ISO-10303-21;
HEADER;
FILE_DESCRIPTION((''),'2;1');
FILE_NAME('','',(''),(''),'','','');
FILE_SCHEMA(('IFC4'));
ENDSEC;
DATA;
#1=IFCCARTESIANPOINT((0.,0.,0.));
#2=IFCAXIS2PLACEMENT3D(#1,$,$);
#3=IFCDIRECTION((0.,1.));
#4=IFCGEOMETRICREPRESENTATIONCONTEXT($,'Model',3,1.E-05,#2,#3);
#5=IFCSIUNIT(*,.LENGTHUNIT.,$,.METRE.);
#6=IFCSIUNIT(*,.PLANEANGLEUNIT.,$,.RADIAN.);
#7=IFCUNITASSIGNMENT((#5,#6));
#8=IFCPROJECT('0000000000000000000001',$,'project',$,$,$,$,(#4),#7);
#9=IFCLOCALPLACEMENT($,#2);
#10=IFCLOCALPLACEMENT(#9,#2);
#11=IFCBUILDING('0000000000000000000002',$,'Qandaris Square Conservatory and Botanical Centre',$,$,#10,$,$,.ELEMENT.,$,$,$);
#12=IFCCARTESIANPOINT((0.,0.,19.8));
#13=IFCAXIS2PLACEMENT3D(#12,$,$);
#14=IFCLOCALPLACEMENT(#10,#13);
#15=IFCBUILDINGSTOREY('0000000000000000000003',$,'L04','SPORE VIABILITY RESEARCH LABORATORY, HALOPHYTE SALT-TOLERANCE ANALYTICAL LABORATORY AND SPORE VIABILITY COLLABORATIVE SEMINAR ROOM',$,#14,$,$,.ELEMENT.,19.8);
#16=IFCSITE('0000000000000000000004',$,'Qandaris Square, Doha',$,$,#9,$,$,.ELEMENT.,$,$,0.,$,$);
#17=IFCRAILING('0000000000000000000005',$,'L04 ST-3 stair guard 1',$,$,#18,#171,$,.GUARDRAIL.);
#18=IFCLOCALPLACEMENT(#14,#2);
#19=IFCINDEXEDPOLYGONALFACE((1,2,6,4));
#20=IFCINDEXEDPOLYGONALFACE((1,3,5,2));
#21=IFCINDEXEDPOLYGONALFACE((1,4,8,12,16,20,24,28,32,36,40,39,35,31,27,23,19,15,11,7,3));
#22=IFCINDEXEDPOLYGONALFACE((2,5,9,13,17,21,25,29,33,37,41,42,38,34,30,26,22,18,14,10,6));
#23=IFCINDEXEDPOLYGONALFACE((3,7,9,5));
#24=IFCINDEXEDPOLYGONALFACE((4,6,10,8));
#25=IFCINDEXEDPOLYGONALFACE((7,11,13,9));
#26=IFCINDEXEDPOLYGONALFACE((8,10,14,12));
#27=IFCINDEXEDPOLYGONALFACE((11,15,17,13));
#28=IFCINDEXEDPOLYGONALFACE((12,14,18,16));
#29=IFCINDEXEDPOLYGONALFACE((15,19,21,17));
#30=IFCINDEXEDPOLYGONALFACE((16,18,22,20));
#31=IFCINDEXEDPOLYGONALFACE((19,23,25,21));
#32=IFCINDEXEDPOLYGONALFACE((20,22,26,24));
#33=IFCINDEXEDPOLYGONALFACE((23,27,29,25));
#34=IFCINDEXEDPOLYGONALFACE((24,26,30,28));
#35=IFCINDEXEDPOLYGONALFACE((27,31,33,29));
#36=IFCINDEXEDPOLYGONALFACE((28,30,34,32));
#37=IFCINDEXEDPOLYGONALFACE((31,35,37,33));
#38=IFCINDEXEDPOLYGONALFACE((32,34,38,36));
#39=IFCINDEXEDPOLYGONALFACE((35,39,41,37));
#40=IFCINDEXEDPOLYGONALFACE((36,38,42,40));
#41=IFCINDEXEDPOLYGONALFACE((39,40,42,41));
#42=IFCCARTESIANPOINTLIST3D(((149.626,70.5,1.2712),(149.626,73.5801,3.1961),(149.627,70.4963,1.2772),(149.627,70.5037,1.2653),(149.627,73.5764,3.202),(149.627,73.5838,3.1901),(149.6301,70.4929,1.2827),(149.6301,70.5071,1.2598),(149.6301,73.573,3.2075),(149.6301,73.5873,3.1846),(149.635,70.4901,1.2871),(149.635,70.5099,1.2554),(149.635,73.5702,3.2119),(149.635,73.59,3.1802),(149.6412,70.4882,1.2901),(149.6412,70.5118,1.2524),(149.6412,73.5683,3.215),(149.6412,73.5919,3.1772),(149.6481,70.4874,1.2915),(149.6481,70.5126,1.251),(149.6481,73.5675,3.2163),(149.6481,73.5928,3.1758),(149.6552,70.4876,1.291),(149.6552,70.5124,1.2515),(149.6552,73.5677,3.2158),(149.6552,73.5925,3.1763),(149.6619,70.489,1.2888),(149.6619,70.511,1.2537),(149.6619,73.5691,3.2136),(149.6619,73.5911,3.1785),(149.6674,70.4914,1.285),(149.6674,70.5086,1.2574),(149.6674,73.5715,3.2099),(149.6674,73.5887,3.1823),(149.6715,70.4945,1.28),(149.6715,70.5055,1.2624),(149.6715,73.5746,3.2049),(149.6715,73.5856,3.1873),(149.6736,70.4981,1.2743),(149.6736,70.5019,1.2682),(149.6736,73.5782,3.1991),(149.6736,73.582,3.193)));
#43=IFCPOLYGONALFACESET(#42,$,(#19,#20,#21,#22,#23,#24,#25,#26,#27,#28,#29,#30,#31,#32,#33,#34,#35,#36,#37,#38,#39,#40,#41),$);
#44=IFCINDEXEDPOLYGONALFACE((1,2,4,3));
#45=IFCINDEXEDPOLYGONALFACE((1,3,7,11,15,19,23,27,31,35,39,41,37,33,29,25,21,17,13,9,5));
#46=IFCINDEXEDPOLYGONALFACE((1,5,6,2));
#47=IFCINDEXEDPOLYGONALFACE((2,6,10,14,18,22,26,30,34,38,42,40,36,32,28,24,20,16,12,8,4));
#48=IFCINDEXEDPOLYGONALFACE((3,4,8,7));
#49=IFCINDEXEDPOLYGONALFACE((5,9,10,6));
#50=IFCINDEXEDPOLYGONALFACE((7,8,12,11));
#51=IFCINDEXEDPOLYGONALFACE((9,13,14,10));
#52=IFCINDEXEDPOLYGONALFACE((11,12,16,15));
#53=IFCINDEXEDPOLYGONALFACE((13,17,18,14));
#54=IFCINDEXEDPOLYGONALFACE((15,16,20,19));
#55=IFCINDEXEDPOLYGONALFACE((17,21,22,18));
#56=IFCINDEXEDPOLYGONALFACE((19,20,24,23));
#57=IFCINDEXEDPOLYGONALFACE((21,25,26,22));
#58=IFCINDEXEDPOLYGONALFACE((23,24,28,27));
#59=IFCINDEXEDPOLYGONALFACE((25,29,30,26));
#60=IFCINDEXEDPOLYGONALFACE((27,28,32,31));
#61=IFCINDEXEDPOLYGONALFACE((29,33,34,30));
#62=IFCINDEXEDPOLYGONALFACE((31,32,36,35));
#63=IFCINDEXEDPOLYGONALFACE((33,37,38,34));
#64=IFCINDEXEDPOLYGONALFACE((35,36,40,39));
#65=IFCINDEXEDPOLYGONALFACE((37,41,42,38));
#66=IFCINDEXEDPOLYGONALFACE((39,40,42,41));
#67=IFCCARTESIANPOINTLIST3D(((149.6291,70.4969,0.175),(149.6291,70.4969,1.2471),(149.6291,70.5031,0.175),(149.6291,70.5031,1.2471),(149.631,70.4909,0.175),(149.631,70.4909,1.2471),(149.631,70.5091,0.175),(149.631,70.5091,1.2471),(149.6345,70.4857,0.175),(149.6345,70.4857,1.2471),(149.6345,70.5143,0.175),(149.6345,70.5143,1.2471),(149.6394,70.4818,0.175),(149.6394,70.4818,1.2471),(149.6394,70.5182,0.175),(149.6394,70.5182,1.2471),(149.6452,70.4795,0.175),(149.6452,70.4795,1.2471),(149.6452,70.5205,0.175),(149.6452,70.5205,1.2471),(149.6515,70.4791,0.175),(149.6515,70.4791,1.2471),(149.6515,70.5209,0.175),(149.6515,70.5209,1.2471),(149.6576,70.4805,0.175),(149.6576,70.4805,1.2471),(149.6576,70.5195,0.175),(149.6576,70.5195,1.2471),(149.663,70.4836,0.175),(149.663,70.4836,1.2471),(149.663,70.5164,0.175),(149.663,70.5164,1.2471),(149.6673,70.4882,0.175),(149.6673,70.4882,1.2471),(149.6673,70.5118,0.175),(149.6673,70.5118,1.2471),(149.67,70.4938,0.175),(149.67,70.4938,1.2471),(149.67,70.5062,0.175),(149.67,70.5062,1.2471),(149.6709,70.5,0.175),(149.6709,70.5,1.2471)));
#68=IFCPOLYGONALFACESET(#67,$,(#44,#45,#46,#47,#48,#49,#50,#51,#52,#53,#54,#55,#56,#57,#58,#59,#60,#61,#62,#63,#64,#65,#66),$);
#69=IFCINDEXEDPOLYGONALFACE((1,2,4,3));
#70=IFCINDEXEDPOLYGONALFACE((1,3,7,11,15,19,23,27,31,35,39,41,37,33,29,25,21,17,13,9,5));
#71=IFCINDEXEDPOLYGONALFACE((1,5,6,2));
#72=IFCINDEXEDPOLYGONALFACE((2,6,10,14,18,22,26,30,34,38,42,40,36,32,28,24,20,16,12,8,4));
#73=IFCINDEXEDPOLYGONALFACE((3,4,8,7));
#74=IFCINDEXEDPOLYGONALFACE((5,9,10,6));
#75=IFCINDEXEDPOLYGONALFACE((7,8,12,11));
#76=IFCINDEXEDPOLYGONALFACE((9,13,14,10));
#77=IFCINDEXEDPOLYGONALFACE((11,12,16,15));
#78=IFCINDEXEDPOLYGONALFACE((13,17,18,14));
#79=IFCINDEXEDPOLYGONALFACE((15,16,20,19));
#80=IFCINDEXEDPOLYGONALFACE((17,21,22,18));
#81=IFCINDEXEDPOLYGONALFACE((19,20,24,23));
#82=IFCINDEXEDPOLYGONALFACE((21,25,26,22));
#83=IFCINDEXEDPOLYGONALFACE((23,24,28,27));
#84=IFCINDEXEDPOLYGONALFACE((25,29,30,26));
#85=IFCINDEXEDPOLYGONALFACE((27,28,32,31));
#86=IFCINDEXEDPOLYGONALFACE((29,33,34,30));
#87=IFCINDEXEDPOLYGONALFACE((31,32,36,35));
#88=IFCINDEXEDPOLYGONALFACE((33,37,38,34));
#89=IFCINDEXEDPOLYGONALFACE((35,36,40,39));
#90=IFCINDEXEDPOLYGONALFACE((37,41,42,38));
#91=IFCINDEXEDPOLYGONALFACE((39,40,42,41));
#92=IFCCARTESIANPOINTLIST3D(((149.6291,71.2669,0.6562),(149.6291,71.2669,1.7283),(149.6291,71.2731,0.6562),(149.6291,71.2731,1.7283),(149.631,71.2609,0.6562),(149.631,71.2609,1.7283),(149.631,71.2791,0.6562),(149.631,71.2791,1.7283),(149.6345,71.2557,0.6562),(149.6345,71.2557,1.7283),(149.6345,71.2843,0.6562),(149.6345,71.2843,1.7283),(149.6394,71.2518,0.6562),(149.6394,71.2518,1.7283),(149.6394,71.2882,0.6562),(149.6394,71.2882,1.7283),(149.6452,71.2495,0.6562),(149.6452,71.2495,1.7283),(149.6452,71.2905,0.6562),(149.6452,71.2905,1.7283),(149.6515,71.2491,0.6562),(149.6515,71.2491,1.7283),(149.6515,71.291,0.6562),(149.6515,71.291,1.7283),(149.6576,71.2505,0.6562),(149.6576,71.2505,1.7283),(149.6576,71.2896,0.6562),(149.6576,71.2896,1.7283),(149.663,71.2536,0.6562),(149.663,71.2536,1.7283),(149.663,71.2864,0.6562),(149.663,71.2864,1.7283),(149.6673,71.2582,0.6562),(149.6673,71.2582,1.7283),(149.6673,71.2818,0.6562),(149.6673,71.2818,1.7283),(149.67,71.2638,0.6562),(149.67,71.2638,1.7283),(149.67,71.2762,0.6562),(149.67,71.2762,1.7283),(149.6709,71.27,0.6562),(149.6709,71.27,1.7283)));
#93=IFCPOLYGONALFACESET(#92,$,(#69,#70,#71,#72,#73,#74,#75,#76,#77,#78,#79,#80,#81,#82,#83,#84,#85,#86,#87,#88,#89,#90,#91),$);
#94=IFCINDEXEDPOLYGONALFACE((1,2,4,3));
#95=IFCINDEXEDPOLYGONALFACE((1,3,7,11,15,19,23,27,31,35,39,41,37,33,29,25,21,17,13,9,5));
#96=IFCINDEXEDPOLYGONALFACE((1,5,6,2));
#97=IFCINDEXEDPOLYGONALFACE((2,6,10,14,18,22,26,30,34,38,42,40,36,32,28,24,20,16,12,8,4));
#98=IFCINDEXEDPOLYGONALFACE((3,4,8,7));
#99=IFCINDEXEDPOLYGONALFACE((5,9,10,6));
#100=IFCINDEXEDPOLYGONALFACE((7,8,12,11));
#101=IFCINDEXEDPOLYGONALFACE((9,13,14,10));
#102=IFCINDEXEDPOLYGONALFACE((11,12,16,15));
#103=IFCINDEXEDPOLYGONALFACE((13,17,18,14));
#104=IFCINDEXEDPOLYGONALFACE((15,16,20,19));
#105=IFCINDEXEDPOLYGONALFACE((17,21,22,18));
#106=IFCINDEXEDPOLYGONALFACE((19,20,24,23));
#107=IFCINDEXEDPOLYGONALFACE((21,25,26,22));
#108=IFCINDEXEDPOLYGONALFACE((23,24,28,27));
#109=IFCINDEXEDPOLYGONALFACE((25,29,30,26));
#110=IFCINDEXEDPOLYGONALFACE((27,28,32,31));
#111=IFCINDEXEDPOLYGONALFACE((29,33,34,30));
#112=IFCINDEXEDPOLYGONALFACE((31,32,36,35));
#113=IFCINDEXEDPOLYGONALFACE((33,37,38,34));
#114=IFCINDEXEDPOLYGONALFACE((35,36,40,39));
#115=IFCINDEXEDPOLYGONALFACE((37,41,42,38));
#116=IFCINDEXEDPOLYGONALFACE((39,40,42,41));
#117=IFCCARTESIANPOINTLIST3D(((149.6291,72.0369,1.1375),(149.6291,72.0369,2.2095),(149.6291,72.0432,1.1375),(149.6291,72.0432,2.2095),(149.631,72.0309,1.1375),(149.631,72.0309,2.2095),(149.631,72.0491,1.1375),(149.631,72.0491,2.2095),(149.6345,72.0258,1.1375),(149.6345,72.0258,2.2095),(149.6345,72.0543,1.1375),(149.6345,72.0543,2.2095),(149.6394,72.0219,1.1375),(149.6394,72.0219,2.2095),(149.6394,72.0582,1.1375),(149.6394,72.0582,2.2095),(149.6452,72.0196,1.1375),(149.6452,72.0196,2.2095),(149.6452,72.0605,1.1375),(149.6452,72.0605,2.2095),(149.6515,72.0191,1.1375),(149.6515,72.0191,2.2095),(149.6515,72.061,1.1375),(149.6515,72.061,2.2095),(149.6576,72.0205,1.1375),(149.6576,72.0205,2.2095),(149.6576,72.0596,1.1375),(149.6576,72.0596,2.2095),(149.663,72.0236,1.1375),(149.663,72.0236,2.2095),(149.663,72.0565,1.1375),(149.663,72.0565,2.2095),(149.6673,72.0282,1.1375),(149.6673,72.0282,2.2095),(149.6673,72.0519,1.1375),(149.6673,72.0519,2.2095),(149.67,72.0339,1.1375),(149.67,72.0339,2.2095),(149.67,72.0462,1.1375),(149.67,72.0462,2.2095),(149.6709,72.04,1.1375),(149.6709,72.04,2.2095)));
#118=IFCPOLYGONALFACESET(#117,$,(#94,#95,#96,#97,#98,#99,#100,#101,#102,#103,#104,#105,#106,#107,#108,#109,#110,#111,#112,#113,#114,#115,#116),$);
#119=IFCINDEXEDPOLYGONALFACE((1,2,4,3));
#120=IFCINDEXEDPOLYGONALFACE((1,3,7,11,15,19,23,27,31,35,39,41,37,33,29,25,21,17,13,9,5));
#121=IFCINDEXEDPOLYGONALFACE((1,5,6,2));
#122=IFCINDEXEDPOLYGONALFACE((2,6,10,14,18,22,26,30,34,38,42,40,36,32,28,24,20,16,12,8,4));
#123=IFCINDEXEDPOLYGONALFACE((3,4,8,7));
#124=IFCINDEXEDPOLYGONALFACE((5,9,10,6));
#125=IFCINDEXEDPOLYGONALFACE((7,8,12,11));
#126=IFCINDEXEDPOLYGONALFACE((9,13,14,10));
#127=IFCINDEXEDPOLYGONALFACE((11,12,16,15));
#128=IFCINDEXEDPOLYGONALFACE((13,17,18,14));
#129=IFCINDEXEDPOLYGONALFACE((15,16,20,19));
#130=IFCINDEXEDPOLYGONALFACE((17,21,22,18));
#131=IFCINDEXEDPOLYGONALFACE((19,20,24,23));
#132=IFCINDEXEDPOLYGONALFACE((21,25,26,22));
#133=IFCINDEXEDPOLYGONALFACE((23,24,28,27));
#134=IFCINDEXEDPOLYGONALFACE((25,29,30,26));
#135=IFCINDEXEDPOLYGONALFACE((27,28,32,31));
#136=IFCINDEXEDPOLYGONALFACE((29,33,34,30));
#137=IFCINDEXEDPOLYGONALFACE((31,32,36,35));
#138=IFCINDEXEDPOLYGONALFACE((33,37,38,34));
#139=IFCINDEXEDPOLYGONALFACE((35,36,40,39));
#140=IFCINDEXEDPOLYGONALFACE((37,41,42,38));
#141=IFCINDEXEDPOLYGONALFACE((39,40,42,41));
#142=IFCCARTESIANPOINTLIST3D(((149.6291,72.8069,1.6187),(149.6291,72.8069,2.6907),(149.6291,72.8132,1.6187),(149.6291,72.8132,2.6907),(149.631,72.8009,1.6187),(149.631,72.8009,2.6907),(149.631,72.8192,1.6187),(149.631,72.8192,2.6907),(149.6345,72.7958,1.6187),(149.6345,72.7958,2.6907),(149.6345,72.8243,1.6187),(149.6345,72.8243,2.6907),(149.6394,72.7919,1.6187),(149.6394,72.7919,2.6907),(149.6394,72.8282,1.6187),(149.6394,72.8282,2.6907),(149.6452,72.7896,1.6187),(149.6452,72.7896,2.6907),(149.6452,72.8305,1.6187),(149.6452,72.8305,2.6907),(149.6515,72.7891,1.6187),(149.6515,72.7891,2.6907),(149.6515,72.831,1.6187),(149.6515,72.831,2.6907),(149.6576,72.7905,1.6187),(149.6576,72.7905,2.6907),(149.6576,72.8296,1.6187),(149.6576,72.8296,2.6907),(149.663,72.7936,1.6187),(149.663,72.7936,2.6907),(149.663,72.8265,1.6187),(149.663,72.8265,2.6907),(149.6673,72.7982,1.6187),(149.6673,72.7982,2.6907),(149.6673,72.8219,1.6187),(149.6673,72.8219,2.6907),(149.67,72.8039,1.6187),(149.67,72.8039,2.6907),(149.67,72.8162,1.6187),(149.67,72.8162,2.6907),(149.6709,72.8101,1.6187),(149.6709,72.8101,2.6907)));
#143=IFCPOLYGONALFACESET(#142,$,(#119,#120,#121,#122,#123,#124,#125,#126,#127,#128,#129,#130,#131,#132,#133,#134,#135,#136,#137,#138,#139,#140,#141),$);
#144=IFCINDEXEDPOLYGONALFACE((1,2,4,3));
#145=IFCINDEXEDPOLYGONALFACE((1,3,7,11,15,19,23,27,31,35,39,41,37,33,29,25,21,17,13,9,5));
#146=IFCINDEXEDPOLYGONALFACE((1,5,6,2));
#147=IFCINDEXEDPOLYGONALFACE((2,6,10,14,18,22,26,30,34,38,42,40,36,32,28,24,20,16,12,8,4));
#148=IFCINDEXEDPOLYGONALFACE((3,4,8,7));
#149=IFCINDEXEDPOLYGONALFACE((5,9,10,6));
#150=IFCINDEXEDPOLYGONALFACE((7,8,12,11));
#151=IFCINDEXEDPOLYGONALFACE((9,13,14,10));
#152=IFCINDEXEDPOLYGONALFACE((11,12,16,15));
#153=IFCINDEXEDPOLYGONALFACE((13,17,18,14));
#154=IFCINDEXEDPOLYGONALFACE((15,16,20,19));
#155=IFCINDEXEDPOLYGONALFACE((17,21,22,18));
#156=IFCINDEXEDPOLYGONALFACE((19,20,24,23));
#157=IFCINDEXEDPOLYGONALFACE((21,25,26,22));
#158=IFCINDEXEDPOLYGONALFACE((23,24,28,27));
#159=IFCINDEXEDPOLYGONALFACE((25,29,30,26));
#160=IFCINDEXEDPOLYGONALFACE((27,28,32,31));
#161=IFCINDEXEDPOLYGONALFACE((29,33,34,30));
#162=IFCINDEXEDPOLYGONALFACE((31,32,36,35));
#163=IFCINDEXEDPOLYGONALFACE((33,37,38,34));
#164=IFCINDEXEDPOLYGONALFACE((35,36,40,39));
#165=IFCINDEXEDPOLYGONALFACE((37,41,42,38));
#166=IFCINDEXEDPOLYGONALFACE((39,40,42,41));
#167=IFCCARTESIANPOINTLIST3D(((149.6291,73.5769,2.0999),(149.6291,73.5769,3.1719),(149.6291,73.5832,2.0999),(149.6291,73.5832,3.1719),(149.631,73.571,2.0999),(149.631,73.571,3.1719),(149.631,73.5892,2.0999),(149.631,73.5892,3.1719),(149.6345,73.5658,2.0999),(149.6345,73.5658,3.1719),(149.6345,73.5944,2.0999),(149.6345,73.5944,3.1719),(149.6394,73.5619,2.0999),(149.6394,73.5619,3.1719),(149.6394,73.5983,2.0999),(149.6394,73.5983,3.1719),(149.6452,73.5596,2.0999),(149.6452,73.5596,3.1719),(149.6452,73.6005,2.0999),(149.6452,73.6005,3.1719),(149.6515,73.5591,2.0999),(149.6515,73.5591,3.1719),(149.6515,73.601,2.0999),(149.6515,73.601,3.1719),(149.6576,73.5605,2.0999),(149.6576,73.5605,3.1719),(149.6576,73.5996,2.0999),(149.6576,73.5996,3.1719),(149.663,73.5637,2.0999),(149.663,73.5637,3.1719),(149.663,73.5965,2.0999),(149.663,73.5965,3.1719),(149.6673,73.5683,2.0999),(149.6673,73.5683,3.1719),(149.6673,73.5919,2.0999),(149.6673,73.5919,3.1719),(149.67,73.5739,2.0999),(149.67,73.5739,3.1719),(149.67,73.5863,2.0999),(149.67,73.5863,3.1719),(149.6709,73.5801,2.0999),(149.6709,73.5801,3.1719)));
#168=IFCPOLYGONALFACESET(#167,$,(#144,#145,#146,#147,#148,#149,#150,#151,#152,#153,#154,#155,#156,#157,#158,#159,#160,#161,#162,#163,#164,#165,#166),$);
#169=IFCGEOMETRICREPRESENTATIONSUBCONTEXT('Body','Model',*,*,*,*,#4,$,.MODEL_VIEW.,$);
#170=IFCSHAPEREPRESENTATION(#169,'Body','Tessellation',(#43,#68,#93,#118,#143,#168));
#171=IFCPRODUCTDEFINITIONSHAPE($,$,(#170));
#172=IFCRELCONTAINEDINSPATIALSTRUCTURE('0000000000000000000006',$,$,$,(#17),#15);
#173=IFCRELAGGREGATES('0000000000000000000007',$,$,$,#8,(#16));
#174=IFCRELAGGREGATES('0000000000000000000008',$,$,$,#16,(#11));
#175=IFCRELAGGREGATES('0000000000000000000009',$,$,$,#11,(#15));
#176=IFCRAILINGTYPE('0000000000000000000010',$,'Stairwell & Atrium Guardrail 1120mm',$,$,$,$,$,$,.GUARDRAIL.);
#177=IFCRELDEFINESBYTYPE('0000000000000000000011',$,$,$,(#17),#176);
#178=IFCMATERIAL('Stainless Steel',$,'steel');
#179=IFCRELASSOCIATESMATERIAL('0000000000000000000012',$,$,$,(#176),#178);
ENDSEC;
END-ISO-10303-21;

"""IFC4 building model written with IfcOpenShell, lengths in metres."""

from ifc_helpers import new_model, si_unit, direction, frame, origin, origin_2d, place, context, subcontext, project, spatial, circle, extrude, material, type_object, element, save


model = new_model("IFC4")

# Units and contexts
model_context = context("Model", 3, precision=1e-05, world=origin(), true_north=direction((0.0, 1.0)))
body_context = subcontext(model_context, "Body", "Model", "MODEL_VIEW")
ifc_project = project(units=[si_unit("LENGTHUNIT", "METRE"), si_unit("PLANEANGLEUNIT", "RADIAN")], contexts=[model_context])

# Site, building, storey
site_placement = place(None, origin())
site = spatial("IfcSite", under=ifc_project, at=site_placement, Name="Qandaris Square, Doha", CompositionType="ELEMENT", RefElevation=0.0)
building_placement = place(site_placement, origin())
building = spatial("IfcBuilding", under=site, at=building_placement, Name="Qandaris Square Conservatory and Botanical Centre", CompositionType="ELEMENT")
storey_placement = place(building_placement, frame((0.0, 0.0, 19.8)))
storey = spatial("IfcBuildingStorey", under=building, at=storey_placement, Name="L04", Description="SPORE VIABILITY RESEARCH LABORATORY, HALOPHYTE SALT-TOLERANCE ANALYTICAL LABORATORY AND SPORE VIABILITY COLLABORATIVE SEMINAR ROOM", CompositionType="ELEMENT", Elevation=19.8)

# Railing
ifc_material_1 = material(Name="Stainless Steel", Category="steel")
railing_type_1 = type_object("IfcRailingType", Name="Stairwell & Atrium Guardrail 1120mm", PredefinedType="GUARDRAIL", material=ifc_material_1)
railing_1_placement = place(storey_placement, frame((149.6499, 70.5, 0.175)))
element("IfcRailing", 1, at=railing_1_placement, inside=storey, type_object=railing_type_1, Name="L04 ST-3 stair guard 1", PredefinedType="GUARDRAIL", context=body_context, shape_type="SweptSolid", body=[
    extrude(circle(Radius=0.0239, at=origin_2d()), frame((0.0, 0.0, 1.0962), z_axis=(0.0, 0.848029, 0.529951), x_axis=(-1.0, 0.0, 0.0)), (0.0, 0.0, 1.0), 3.6321),
    extrude(circle(Radius=0.021, at=origin_2d()), origin(), (0.0, 0.0, 1.0), 1.072),
    extrude(circle(Radius=0.021, at=origin_2d()), frame((0.0, 0.77, 0.4812)), (0.0, 0.0, 1.0), 1.072),
    extrude(circle(Radius=0.021, at=origin_2d()), frame((0.0, 1.54, 0.9624)), (0.0, 0.0, 1.0), 1.072),
    extrude(circle(Radius=0.021, at=origin_2d()), frame((0.0, 2.3101, 1.4436)), (0.0, 0.0, 1.0), 1.072),
    extrude(circle(Radius=0.021, at=origin_2d()), frame((0.0, 3.0801, 1.9248)), (0.0, 0.0, 1.0), 1.072),
])

save(model, "model.ifc")
